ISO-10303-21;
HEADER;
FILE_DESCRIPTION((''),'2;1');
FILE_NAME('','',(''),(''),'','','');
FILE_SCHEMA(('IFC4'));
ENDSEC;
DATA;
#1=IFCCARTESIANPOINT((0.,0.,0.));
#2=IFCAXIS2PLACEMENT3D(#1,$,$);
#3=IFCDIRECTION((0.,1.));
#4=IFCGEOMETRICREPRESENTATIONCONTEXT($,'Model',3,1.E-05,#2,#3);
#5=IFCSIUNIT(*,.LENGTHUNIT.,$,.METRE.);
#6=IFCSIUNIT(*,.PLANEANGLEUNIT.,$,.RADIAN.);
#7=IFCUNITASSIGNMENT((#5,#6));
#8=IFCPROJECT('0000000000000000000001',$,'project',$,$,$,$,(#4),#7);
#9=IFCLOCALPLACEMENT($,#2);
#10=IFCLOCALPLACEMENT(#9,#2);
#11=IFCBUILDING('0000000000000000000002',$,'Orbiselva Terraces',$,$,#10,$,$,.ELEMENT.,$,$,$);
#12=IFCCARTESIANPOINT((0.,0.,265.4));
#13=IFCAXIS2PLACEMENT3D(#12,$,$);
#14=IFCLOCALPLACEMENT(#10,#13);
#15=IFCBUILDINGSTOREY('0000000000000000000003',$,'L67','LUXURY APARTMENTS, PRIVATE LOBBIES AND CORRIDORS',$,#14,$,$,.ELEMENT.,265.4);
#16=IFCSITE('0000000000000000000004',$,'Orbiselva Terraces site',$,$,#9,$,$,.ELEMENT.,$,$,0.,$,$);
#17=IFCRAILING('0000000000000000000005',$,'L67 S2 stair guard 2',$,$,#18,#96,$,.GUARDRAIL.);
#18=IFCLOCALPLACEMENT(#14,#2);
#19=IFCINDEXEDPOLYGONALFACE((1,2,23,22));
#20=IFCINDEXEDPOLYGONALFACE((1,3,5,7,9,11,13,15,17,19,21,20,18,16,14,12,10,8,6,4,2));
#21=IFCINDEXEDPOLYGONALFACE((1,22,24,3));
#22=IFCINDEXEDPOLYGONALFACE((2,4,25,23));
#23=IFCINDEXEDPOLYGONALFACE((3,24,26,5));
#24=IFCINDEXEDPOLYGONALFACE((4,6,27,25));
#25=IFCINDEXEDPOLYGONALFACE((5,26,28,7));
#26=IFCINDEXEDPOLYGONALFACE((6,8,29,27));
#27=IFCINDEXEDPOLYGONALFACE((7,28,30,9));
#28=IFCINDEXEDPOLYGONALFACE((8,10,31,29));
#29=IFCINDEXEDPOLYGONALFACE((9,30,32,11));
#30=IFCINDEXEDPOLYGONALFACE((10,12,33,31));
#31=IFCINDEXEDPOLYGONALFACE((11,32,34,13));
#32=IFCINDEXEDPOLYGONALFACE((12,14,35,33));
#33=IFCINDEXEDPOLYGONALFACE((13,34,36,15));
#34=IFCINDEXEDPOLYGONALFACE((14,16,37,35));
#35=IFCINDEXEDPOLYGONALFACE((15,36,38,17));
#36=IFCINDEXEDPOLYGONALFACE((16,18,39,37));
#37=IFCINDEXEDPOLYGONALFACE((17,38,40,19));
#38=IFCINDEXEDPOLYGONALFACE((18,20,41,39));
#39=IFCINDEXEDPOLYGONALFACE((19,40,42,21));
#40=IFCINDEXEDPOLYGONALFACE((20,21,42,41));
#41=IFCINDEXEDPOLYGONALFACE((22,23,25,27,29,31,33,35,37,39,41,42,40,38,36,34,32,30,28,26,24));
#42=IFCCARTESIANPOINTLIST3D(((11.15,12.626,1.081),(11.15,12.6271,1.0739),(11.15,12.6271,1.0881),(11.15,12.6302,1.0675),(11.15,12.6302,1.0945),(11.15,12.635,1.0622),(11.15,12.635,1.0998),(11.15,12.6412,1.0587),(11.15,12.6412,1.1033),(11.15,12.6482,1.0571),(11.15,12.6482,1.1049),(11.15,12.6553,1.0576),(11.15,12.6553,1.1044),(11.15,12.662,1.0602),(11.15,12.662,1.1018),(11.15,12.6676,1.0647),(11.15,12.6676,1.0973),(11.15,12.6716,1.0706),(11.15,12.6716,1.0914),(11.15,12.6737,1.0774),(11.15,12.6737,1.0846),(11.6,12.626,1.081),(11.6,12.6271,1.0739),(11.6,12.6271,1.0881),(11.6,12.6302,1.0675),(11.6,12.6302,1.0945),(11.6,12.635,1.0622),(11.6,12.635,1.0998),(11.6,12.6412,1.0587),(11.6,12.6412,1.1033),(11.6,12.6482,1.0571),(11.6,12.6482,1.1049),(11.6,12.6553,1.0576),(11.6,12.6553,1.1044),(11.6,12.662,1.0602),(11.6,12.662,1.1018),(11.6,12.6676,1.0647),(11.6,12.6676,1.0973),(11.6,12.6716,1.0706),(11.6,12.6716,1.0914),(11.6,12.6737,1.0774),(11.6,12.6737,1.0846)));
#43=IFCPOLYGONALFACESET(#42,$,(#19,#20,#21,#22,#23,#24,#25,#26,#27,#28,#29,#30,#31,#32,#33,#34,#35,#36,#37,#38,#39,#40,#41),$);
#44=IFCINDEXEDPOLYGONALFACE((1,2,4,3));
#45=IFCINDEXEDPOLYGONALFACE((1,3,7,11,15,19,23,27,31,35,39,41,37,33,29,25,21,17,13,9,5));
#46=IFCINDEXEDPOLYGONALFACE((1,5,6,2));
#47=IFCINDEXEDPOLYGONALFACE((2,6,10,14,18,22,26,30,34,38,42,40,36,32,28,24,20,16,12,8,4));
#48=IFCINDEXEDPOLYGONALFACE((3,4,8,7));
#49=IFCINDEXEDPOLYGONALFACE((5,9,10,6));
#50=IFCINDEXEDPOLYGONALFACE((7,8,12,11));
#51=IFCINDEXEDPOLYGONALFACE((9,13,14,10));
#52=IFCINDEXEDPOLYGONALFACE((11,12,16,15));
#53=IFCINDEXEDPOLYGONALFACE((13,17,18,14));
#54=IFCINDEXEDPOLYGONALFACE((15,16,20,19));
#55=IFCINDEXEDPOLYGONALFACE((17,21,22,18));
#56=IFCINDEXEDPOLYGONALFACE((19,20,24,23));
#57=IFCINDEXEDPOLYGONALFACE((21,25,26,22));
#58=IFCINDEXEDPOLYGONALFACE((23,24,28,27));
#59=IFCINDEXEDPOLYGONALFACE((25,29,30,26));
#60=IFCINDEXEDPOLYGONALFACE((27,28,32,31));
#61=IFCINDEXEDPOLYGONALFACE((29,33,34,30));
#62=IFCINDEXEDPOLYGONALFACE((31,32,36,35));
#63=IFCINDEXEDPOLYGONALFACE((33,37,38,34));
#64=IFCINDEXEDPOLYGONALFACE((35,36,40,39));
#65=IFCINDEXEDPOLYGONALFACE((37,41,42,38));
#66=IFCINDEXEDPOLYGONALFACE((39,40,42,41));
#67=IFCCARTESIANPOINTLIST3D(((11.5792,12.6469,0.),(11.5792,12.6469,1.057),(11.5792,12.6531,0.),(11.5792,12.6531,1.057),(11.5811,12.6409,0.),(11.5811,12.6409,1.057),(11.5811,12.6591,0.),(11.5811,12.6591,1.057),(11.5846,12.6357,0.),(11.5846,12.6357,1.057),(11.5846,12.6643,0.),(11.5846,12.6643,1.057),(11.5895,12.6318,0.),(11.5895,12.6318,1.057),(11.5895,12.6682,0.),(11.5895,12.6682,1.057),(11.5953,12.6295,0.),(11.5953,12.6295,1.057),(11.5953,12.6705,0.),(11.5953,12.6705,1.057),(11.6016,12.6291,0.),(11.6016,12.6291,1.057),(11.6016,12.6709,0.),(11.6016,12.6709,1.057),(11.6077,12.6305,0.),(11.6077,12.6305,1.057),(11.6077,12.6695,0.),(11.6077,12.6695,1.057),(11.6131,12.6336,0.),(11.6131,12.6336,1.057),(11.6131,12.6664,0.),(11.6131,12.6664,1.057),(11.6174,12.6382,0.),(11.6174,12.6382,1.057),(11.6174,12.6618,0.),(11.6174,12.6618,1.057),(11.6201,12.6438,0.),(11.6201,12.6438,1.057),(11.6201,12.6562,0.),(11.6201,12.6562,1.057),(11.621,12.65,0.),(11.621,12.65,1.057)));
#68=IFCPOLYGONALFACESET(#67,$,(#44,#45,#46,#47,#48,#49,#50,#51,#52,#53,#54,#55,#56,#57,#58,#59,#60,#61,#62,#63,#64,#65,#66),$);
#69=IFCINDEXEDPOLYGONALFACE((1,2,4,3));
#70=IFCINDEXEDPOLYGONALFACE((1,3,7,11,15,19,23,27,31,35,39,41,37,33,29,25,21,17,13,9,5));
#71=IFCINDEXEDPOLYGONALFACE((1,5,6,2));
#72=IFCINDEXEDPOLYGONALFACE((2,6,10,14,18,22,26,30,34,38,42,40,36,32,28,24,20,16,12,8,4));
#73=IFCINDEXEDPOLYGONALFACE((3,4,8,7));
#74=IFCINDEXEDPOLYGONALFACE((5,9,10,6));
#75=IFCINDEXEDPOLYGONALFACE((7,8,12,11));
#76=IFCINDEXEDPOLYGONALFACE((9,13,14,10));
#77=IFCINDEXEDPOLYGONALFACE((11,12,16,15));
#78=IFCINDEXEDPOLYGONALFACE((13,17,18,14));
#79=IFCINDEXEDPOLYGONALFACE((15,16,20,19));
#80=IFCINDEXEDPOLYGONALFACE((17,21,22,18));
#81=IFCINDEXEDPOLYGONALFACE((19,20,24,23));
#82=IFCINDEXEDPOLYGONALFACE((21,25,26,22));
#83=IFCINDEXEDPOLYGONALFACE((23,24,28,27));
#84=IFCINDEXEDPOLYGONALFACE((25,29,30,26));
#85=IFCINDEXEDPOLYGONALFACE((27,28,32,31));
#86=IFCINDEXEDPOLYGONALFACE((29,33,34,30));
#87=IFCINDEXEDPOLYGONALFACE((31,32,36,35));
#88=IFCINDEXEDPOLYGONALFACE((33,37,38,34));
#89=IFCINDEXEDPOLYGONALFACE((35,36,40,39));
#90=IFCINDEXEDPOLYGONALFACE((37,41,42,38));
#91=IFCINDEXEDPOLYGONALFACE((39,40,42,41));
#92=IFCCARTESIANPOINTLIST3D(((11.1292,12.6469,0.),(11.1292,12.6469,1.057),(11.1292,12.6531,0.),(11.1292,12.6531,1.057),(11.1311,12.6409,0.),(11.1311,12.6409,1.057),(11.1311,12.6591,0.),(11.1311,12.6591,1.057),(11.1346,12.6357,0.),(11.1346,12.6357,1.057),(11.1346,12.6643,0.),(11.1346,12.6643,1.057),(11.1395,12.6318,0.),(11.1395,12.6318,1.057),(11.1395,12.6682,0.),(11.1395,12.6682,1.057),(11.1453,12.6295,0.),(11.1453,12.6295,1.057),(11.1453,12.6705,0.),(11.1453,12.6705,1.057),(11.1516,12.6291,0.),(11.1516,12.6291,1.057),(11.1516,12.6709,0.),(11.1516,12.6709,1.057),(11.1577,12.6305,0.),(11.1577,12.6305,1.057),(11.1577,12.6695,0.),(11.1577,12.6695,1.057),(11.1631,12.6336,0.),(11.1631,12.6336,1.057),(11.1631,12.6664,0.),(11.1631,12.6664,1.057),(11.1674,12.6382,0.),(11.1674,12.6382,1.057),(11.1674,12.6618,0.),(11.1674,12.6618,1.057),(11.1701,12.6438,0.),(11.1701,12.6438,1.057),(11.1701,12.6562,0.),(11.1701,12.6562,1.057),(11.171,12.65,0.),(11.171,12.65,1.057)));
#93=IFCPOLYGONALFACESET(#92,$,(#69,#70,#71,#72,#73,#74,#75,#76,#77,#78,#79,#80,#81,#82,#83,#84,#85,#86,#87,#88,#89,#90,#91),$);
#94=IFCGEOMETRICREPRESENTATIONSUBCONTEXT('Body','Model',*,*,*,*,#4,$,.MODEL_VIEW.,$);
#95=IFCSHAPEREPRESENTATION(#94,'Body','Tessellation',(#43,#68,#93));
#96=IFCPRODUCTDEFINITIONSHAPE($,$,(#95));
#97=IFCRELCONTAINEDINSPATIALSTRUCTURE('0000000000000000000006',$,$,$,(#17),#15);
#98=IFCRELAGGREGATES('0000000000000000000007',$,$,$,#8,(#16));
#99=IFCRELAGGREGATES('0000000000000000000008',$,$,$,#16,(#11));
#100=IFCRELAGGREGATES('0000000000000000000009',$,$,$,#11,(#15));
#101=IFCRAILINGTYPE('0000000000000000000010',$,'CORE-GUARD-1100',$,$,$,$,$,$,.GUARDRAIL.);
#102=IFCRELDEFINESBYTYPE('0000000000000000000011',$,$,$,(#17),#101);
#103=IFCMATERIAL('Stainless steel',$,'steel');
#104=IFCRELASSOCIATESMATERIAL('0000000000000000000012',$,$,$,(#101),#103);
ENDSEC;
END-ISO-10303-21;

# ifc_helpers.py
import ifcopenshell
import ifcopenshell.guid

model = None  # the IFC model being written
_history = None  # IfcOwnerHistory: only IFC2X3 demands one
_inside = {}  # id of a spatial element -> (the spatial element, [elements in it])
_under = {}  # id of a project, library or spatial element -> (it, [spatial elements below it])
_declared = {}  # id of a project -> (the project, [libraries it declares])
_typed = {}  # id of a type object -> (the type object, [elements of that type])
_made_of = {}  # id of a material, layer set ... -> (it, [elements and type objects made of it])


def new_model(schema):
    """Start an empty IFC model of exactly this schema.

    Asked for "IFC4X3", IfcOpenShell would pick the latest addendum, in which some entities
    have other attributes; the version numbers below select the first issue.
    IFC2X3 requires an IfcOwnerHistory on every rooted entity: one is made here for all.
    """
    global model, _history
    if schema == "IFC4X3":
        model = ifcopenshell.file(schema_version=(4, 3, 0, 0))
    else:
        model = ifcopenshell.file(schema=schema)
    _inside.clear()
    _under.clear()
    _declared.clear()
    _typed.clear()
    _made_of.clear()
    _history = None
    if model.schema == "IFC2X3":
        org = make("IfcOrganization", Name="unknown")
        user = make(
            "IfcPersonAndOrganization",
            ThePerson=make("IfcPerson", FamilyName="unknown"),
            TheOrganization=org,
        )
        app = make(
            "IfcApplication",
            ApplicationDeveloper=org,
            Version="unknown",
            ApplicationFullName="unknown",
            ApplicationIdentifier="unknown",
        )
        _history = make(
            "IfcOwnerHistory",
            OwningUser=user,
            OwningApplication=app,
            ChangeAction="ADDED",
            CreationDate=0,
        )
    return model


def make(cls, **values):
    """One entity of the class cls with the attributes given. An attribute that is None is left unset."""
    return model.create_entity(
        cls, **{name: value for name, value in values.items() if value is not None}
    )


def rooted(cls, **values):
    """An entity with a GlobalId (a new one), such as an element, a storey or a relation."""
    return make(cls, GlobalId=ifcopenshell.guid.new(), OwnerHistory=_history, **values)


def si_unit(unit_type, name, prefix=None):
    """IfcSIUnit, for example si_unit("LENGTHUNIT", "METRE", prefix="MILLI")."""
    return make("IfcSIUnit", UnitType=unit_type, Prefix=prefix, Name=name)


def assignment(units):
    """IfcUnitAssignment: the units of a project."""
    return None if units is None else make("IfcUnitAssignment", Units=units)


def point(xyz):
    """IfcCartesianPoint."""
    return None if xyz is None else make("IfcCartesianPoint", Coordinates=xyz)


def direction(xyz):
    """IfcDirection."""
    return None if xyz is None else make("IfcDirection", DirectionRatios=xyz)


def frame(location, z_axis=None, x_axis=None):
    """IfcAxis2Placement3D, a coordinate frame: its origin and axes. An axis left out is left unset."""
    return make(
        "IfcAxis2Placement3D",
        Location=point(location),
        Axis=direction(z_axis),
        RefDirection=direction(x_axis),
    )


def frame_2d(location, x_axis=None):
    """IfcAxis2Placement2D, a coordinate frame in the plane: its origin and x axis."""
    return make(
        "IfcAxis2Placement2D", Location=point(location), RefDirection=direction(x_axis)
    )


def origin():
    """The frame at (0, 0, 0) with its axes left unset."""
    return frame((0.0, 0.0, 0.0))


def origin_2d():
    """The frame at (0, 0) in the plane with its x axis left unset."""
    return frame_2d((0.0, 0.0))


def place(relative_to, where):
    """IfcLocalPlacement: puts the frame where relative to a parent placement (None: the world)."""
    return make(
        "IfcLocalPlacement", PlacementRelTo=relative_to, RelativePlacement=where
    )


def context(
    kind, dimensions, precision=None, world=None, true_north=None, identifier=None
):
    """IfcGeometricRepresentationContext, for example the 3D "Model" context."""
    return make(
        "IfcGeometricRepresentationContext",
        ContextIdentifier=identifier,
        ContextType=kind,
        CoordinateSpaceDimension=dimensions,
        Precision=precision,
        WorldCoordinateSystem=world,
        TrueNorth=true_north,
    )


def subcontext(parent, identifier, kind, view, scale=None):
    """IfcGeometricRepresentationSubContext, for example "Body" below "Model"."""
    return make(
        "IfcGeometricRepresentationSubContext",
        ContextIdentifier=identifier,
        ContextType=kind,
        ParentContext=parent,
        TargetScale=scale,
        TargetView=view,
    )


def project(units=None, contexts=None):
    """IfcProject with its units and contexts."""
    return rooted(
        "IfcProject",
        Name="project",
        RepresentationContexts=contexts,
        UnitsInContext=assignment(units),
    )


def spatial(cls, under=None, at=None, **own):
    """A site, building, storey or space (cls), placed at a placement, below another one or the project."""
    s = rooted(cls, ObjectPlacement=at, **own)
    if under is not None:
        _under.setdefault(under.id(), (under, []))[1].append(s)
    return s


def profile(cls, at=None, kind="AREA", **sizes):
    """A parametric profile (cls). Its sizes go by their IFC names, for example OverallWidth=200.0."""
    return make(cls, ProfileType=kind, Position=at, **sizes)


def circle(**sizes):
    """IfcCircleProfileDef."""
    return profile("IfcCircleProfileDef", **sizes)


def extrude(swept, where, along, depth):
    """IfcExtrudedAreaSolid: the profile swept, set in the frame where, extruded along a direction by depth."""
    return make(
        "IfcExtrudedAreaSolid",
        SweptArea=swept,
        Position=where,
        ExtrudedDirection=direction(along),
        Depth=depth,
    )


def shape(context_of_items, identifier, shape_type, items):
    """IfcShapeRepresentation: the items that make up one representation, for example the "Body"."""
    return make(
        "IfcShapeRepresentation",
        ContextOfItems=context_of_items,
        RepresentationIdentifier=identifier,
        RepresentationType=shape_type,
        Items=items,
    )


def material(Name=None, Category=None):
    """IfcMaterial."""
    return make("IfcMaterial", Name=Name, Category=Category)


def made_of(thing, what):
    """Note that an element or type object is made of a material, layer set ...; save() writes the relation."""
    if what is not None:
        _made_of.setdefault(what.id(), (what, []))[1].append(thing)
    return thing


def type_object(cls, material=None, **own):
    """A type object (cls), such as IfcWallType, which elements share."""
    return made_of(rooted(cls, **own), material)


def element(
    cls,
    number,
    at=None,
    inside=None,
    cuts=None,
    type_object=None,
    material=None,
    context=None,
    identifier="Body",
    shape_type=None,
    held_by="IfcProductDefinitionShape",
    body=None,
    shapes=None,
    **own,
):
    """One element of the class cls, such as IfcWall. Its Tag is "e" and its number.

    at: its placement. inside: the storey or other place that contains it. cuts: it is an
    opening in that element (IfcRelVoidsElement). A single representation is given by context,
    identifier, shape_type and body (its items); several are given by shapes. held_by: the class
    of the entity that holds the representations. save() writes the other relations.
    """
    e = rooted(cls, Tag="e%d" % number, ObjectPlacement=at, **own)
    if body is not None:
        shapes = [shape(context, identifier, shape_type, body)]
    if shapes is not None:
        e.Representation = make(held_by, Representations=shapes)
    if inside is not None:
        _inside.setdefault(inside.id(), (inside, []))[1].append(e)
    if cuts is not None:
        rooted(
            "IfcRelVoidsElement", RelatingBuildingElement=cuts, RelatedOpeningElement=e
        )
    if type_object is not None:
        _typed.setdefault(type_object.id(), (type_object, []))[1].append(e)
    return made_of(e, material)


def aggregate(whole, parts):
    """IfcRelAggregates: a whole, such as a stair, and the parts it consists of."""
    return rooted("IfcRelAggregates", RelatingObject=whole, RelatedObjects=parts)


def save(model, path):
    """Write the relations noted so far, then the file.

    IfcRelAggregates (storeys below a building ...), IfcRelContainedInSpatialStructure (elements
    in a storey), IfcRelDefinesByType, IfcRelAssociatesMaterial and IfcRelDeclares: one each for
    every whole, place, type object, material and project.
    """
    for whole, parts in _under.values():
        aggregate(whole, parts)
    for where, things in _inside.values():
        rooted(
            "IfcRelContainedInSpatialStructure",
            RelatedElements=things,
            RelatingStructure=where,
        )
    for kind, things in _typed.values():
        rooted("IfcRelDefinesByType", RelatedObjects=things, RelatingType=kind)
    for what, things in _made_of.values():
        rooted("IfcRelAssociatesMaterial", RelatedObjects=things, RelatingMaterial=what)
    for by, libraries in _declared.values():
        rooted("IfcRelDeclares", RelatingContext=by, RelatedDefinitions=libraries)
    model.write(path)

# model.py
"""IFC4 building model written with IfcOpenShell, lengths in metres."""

from ifc_helpers import new_model, si_unit, direction, frame, origin, origin_2d, place, context, subcontext, project, spatial, circle, extrude, material, type_object, element, save


model = new_model("IFC4")

# Units and contexts
model_context = context("Model", 3, precision=1e-05, world=origin(), true_north=direction((0.0, 1.0)))
body_context = subcontext(model_context, "Body", "Model", "MODEL_VIEW")
ifc_project = project(units=[si_unit("LENGTHUNIT", "METRE"), si_unit("PLANEANGLEUNIT", "RADIAN")], contexts=[model_context])

# Site, building, storey
site_placement = place(None, origin())
site = spatial("IfcSite", under=ifc_project, at=site_placement, Name="Orbiselva Terraces site", CompositionType="ELEMENT", RefElevation=0.0)
building_placement = place(site_placement, origin())
building = spatial("IfcBuilding", under=site, at=building_placement, Name="Orbiselva Terraces", CompositionType="ELEMENT")
storey_placement = place(building_placement, frame((0.0, 0.0, 265.4)))
storey = spatial("IfcBuildingStorey", under=building, at=storey_placement, Name="L67", Description="LUXURY APARTMENTS, PRIVATE LOBBIES AND CORRIDORS", CompositionType="ELEMENT", Elevation=265.4)

# Railing
ifc_material_1 = material(Name="Stainless steel", Category="steel")
railing_type_1 = type_object("IfcRailingType", Name="CORE-GUARD-1100", PredefinedType="GUARDRAIL", material=ifc_material_1)
railing_1_placement = place(storey_placement, frame((11.6, 12.65, 0.0)))
element("IfcRailing", 1, at=railing_1_placement, inside=storey, type_object=railing_type_1, Name="L67 S2 stair guard 2", PredefinedType="GUARDRAIL", context=body_context, shape_type="SweptSolid", body=[
    extrude(circle(Radius=0.024, at=origin_2d()), frame((0.0, 0.0, 1.081), z_axis=(-1.0, 0.0, 0.0), x_axis=(0.0, -1.0, 0.0)), (0.0, 0.0, 1.0), 0.45),
    extrude(circle(Radius=0.021, at=origin_2d()), origin(), (0.0, 0.0, 1.0), 1.057),
    extrude(circle(Radius=0.021, at=origin_2d()), frame((-0.45, 0.0, 0.0)), (0.0, 0.0, 1.0), 1.057),
])

save(model, "model.ifc")
